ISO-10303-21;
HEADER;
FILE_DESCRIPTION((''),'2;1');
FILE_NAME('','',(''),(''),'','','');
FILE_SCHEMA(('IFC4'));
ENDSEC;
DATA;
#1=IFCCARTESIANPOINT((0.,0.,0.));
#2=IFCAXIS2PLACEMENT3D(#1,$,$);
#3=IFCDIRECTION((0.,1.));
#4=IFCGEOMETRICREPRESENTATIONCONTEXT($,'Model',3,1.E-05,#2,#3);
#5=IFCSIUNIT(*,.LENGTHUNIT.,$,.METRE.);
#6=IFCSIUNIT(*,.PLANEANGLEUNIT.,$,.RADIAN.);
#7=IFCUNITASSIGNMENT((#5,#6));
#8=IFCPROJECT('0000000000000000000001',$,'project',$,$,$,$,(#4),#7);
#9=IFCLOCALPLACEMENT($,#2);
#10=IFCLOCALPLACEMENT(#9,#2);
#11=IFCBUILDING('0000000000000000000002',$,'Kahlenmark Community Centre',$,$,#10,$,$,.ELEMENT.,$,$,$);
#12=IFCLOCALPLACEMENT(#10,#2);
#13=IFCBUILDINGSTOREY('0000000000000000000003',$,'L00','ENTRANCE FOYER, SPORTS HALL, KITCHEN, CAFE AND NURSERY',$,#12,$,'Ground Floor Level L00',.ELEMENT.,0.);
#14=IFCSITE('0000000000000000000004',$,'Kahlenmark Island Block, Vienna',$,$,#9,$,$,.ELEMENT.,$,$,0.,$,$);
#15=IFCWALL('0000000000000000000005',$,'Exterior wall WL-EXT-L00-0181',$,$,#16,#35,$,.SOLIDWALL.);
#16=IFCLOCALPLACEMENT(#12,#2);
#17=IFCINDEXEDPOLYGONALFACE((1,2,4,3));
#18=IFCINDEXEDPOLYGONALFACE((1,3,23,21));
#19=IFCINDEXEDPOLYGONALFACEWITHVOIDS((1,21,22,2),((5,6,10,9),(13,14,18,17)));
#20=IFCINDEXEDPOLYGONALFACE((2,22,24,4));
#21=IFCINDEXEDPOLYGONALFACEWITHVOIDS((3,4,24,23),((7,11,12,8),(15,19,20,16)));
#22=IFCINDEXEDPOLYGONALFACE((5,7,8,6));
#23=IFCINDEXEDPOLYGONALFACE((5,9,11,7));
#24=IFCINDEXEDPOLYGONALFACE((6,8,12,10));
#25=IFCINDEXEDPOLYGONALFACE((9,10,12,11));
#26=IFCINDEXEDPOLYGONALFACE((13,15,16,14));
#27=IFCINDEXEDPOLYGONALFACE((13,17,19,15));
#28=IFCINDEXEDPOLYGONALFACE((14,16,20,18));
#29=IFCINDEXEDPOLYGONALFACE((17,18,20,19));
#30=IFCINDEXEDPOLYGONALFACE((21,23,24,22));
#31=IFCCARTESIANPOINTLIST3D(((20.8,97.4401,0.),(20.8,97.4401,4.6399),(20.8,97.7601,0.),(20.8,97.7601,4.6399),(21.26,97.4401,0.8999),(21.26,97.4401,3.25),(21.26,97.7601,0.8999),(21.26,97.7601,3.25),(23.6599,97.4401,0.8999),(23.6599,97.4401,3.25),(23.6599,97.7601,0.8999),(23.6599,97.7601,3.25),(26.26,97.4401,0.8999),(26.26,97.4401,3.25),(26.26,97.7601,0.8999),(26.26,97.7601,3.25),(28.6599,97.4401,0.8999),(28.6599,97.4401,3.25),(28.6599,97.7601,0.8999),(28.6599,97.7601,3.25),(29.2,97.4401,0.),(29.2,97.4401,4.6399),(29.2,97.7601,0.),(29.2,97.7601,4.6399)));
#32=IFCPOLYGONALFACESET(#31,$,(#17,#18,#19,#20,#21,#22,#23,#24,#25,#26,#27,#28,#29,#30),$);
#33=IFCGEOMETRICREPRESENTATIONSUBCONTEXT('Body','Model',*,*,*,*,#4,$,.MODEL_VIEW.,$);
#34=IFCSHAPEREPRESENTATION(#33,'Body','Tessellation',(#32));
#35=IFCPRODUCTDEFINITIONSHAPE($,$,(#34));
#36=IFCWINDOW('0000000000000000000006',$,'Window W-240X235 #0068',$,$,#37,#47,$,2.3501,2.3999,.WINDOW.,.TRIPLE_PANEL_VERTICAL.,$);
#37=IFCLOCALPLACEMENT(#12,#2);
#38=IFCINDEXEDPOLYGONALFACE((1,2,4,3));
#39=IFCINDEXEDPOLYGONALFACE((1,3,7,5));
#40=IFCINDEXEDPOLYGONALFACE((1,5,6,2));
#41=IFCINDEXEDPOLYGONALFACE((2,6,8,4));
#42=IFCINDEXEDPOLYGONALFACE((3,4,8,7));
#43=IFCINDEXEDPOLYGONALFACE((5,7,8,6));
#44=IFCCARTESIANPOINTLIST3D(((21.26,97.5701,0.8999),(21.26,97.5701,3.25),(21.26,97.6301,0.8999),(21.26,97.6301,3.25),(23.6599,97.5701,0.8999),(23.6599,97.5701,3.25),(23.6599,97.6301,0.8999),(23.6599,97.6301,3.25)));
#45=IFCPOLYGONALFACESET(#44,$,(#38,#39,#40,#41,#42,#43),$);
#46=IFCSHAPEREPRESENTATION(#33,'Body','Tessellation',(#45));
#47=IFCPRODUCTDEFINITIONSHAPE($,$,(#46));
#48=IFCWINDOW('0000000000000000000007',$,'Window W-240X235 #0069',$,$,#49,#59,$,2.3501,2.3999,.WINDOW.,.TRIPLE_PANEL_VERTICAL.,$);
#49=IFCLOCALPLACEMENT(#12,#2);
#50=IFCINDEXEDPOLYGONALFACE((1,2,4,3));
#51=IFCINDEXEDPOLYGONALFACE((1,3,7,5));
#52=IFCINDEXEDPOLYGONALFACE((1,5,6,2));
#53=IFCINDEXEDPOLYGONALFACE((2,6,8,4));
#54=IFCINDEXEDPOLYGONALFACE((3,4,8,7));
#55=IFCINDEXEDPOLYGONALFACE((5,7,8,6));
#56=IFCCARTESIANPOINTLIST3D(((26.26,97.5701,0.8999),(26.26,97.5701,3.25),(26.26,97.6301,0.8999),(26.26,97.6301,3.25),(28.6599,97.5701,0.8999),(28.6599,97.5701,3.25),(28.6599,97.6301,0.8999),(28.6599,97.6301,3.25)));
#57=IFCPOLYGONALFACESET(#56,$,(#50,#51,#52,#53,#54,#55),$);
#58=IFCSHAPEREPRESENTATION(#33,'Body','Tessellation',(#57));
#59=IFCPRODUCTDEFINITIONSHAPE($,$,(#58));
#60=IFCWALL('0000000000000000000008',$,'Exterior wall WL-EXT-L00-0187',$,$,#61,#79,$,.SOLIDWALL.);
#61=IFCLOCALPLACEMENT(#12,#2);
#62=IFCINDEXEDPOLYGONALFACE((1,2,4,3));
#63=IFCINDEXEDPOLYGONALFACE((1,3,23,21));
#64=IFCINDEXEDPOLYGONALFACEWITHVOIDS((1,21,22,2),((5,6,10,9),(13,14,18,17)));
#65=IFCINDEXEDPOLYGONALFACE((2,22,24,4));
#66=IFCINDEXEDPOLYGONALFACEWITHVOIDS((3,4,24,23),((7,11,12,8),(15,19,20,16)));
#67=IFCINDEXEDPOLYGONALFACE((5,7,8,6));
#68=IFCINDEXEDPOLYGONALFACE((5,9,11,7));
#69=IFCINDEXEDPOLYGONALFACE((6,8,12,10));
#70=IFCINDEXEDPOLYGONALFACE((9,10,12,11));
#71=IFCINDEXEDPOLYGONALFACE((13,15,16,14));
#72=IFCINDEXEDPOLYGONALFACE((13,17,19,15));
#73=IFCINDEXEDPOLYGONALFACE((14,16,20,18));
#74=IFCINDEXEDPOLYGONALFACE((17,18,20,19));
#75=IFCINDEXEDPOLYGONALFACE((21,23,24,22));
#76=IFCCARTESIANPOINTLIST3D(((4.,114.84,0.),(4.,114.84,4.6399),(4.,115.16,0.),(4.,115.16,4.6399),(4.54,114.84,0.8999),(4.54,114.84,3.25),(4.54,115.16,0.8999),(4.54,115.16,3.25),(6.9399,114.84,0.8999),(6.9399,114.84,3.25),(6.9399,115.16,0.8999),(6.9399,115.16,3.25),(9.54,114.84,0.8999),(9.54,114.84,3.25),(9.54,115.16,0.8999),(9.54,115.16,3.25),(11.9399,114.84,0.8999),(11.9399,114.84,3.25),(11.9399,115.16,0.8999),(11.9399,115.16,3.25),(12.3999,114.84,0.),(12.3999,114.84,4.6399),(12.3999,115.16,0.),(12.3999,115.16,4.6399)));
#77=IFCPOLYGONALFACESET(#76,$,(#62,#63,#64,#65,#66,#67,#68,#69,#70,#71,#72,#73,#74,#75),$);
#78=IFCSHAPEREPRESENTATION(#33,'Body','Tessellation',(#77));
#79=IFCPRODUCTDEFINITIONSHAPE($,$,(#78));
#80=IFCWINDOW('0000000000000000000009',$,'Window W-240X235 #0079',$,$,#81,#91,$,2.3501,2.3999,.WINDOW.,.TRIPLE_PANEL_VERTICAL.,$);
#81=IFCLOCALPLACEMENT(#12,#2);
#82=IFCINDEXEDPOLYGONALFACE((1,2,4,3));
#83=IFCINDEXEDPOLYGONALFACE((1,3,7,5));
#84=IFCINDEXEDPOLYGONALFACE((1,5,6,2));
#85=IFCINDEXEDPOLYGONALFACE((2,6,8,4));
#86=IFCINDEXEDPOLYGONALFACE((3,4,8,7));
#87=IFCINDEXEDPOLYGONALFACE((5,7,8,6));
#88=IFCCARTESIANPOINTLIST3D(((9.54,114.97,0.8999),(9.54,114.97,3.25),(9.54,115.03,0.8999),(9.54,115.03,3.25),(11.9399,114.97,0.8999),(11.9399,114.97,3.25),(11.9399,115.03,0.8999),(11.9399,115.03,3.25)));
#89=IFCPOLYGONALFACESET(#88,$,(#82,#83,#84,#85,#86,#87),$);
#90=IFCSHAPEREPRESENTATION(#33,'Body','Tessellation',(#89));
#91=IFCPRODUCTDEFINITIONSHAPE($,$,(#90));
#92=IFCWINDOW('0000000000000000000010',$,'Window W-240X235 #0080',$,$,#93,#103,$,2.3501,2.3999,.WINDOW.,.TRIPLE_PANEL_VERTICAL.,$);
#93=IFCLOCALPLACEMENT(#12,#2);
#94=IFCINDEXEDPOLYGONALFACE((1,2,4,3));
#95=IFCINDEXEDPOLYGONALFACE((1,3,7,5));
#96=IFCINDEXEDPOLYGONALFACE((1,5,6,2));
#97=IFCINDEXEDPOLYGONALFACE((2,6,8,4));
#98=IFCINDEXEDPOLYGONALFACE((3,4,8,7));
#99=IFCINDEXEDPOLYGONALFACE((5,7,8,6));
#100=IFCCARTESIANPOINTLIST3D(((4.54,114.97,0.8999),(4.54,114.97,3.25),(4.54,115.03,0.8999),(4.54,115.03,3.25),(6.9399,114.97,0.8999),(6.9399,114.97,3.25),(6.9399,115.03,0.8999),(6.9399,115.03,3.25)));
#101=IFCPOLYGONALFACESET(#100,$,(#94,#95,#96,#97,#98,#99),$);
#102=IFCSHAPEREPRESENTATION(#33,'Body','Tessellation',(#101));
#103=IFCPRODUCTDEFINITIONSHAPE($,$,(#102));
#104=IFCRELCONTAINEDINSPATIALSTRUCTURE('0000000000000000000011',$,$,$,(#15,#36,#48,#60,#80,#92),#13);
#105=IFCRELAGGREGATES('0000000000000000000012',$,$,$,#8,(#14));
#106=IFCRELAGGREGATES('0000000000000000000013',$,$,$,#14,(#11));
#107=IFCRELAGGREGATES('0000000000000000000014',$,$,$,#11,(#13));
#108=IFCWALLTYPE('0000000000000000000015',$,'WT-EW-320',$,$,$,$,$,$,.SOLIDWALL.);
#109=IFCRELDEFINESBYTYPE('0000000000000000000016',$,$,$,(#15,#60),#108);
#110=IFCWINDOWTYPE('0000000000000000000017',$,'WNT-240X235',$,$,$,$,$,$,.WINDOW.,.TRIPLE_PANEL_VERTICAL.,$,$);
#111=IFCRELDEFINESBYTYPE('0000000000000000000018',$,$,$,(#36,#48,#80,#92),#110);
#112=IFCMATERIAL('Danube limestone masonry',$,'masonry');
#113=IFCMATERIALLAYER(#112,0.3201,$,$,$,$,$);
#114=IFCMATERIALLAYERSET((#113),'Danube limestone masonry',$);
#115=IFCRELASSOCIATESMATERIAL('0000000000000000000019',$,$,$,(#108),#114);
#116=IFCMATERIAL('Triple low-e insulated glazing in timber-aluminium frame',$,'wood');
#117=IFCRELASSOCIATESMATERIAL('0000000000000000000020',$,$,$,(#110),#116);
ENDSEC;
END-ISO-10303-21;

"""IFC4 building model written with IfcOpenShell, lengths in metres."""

from ifc_helpers import new_model, si_unit, direction, frame, frame_2d, origin, place, context, subcontext, project, spatial, rectangle, extrude, material, layer, layer_set, type_object, element, fill, save


model = new_model("IFC4")

# Units and contexts
model_context = context("Model", 3, precision=1e-05, world=origin(), true_north=direction((0.0, 1.0)))
body_context = subcontext(model_context, "Body", "Model", "MODEL_VIEW")
ifc_project = project(units=[si_unit("LENGTHUNIT", "METRE"), si_unit("PLANEANGLEUNIT", "RADIAN")], contexts=[model_context])

# Site, building, storey
site_placement = place(None, origin())
site = spatial("IfcSite", under=ifc_project, at=site_placement, Name="Kahlenmark Island Block, Vienna", CompositionType="ELEMENT", RefElevation=0.0)
building_placement = place(site_placement, origin())
building = spatial("IfcBuilding", under=site, at=building_placement, Name="Kahlenmark Community Centre", CompositionType="ELEMENT")
storey_placement = place(building_placement, origin())
storey = spatial("IfcBuildingStorey", under=building, at=storey_placement, Name="L00", Description="ENTRANCE FOYER, SPORTS HALL, KITCHEN, CAFE AND NURSERY", LongName="Ground Floor Level L00", CompositionType="ELEMENT", Elevation=0.0)

# Walls, openings, windows
ifc_material_1 = material(Name="Danube limestone masonry", Category="masonry")
ifc_layer = layer(ifc_material_1, 0.3201)
ifc_layer_set = layer_set([ifc_layer], Name="Danube limestone masonry")
wall_type = type_object("IfcWallType", Name="WT-EW-320", PredefinedType="SOLIDWALL", material=ifc_layer_set)
wall_1_placement = place(storey_placement, frame((20.8, 97.6001, 0.0), z_axis=(0.0, 0.0, 1.0), x_axis=(1.0, 0.0, 0.0)))
wall_1 = element("IfcWall", 1, at=wall_1_placement, inside=storey, type_object=wall_type, Name="Exterior wall WL-EXT-L00-0181", PredefinedType="SOLIDWALL", context=body_context, shape_type="SweptSolid", body=[
    extrude(rectangle(XDim=8.3999, YDim=0.3201, at=frame_2d((4.2, 0.0))), origin(), (0.0, 0.0, 1.0), 4.6399),
])
opening_1_placement = place(wall_1_placement, frame((0.46, 0.0, 0.8999)))
opening_1 = element("IfcOpeningElement", 2, at=opening_1_placement, cuts=wall_1, PredefinedType="OPENING", context=body_context, shape_type="SweptSolid", body=[
    extrude(rectangle(XDim=2.3999, YDim=2.3501, at=frame_2d((1.2, 1.175))), frame((0.0, 0.1699, 0.0), z_axis=(0.0, -1.0, 0.0), x_axis=(1.0, 0.0, 0.0)), (0.0, 0.0, 1.0), 0.3401),
])
opening_2_placement = place(wall_1_placement, frame((5.46, 0.0, 0.8999)))
opening_2 = element("IfcOpeningElement", 3, at=opening_2_placement, cuts=wall_1, PredefinedType="OPENING", context=body_context, shape_type="SweptSolid", body=[
    extrude(rectangle(XDim=2.3999, YDim=2.3501, at=frame_2d((1.2, 1.175))), frame((0.0, 0.1699, 0.0), z_axis=(0.0, -1.0, 0.0), x_axis=(1.0, 0.0, 0.0)), (0.0, 0.0, 1.0), 0.3401),
])
ifc_material_2 = material(Name="Triple low-e insulated glazing in timber-aluminium frame", Category="wood")
window_type = type_object("IfcWindowType", Name="WNT-240X235", PartitioningType="TRIPLE_PANEL_VERTICAL", PredefinedType="WINDOW", material=ifc_material_2)
window_1_placement = place(opening_1_placement, origin())
window_1 = element("IfcWindow", 4, at=window_1_placement, inside=storey, type_object=window_type, Name="Window W-240X235 #0068", OverallHeight=2.3501, OverallWidth=2.3999, PartitioningType="TRIPLE_PANEL_VERTICAL", PredefinedType="WINDOW", context=body_context, shape_type="SweptSolid", body=[
    extrude(rectangle(XDim=2.3999, YDim=2.3501, at=frame_2d((1.2, 1.175))), frame((0.0, 0.03, 0.0), z_axis=(0.0, -1.0, 0.0), x_axis=(1.0, 0.0, 0.0)), (0.0, 0.0, 1.0), 0.0601),
])
fill(opening_1, window_1)
window_2_placement = place(opening_2_placement, origin())
window_2 = element("IfcWindow", 5, at=window_2_placement, inside=storey, type_object=window_type, Name="Window W-240X235 #0069", OverallHeight=2.3501, OverallWidth=2.3999, PartitioningType="TRIPLE_PANEL_VERTICAL", PredefinedType="WINDOW", context=body_context, shape_type="SweptSolid", body=[
    extrude(rectangle(XDim=2.3999, YDim=2.3501, at=frame_2d((1.2, 1.175))), frame((0.0, 0.03, 0.0), z_axis=(0.0, -1.0, 0.0), x_axis=(1.0, 0.0, 0.0)), (0.0, 0.0, 1.0), 0.0601),
])
fill(opening_2, window_2)
wall_2_placement = place(storey_placement, frame((12.3999, 115.0, 0.0), z_axis=(0.0, 0.0, 1.0), x_axis=(-1.0, 0.0, 0.0)))
wall_2 = element("IfcWall", 6, at=wall_2_placement, inside=storey, type_object=wall_type, Name="Exterior wall WL-EXT-L00-0187", PredefinedType="SOLIDWALL", context=body_context, shape_type="SweptSolid", body=[
    extrude(rectangle(XDim=8.3999, YDim=0.3201, at=frame_2d((4.2, 0.0))), origin(), (0.0, 0.0, 1.0), 4.6399),
])
opening_3_placement = place(wall_2_placement, frame((0.46, 0.0, 0.8999)))
opening_3 = element("IfcOpeningElement", 7, at=opening_3_placement, cuts=wall_2, PredefinedType="OPENING", context=body_context, shape_type="SweptSolid", body=[
    extrude(rectangle(XDim=2.3999, YDim=2.3501, at=frame_2d((1.2, 1.175))), frame((0.0, 0.1699, 0.0), z_axis=(0.0, -1.0, 0.0), x_axis=(1.0, 0.0, 0.0)), (0.0, 0.0, 1.0), 0.3401),
])
opening_4_placement = place(wall_2_placement, frame((5.46, 0.0, 0.8999)))
opening_4 = element("IfcOpeningElement", 8, at=opening_4_placement, cuts=wall_2, PredefinedType="OPENING", context=body_context, shape_type="SweptSolid", body=[
    extrude(rectangle(XDim=2.3999, YDim=2.3501, at=frame_2d((1.2, 1.175))), frame((0.0, 0.1699, 0.0), z_axis=(0.0, -1.0, 0.0), x_axis=(1.0, 0.0, 0.0)), (0.0, 0.0, 1.0), 0.3401),
])
window_3_placement = place(opening_3_placement, origin())
window_3 = element("IfcWindow", 9, at=window_3_placement, inside=storey, type_object=window_type, Name="Window W-240X235 #0079", OverallHeight=2.3501, OverallWidth=2.3999, PartitioningType="TRIPLE_PANEL_VERTICAL", PredefinedType="WINDOW", context=body_context, shape_type="SweptSolid", body=[
    extrude(rectangle(XDim=2.3999, YDim=2.3501, at=frame_2d((1.2, 1.175))), frame((0.0, 0.03, 0.0), z_axis=(0.0, -1.0, 0.0), x_axis=(1.0, 0.0, 0.0)), (0.0, 0.0, 1.0), 0.0601),
])
fill(opening_3, window_3)
window_4_placement = place(opening_4_placement, origin())
window_4 = element("IfcWindow", 10, at=window_4_placement, inside=storey, type_object=window_type, Name="Window W-240X235 #0080", OverallHeight=2.3501, OverallWidth=2.3999, PartitioningType="TRIPLE_PANEL_VERTICAL", PredefinedType="WINDOW", context=body_context, shape_type="SweptSolid", body=[
    extrude(rectangle(XDim=2.3999, YDim=2.3501, at=frame_2d((1.2, 1.175))), frame((0.0, 0.03, 0.0), z_axis=(0.0, -1.0, 0.0), x_axis=(1.0, 0.0, 0.0)), (0.0, 0.0, 1.0), 0.0601),
])
fill(opening_4, window_4)

save(model, "model.ifc")
